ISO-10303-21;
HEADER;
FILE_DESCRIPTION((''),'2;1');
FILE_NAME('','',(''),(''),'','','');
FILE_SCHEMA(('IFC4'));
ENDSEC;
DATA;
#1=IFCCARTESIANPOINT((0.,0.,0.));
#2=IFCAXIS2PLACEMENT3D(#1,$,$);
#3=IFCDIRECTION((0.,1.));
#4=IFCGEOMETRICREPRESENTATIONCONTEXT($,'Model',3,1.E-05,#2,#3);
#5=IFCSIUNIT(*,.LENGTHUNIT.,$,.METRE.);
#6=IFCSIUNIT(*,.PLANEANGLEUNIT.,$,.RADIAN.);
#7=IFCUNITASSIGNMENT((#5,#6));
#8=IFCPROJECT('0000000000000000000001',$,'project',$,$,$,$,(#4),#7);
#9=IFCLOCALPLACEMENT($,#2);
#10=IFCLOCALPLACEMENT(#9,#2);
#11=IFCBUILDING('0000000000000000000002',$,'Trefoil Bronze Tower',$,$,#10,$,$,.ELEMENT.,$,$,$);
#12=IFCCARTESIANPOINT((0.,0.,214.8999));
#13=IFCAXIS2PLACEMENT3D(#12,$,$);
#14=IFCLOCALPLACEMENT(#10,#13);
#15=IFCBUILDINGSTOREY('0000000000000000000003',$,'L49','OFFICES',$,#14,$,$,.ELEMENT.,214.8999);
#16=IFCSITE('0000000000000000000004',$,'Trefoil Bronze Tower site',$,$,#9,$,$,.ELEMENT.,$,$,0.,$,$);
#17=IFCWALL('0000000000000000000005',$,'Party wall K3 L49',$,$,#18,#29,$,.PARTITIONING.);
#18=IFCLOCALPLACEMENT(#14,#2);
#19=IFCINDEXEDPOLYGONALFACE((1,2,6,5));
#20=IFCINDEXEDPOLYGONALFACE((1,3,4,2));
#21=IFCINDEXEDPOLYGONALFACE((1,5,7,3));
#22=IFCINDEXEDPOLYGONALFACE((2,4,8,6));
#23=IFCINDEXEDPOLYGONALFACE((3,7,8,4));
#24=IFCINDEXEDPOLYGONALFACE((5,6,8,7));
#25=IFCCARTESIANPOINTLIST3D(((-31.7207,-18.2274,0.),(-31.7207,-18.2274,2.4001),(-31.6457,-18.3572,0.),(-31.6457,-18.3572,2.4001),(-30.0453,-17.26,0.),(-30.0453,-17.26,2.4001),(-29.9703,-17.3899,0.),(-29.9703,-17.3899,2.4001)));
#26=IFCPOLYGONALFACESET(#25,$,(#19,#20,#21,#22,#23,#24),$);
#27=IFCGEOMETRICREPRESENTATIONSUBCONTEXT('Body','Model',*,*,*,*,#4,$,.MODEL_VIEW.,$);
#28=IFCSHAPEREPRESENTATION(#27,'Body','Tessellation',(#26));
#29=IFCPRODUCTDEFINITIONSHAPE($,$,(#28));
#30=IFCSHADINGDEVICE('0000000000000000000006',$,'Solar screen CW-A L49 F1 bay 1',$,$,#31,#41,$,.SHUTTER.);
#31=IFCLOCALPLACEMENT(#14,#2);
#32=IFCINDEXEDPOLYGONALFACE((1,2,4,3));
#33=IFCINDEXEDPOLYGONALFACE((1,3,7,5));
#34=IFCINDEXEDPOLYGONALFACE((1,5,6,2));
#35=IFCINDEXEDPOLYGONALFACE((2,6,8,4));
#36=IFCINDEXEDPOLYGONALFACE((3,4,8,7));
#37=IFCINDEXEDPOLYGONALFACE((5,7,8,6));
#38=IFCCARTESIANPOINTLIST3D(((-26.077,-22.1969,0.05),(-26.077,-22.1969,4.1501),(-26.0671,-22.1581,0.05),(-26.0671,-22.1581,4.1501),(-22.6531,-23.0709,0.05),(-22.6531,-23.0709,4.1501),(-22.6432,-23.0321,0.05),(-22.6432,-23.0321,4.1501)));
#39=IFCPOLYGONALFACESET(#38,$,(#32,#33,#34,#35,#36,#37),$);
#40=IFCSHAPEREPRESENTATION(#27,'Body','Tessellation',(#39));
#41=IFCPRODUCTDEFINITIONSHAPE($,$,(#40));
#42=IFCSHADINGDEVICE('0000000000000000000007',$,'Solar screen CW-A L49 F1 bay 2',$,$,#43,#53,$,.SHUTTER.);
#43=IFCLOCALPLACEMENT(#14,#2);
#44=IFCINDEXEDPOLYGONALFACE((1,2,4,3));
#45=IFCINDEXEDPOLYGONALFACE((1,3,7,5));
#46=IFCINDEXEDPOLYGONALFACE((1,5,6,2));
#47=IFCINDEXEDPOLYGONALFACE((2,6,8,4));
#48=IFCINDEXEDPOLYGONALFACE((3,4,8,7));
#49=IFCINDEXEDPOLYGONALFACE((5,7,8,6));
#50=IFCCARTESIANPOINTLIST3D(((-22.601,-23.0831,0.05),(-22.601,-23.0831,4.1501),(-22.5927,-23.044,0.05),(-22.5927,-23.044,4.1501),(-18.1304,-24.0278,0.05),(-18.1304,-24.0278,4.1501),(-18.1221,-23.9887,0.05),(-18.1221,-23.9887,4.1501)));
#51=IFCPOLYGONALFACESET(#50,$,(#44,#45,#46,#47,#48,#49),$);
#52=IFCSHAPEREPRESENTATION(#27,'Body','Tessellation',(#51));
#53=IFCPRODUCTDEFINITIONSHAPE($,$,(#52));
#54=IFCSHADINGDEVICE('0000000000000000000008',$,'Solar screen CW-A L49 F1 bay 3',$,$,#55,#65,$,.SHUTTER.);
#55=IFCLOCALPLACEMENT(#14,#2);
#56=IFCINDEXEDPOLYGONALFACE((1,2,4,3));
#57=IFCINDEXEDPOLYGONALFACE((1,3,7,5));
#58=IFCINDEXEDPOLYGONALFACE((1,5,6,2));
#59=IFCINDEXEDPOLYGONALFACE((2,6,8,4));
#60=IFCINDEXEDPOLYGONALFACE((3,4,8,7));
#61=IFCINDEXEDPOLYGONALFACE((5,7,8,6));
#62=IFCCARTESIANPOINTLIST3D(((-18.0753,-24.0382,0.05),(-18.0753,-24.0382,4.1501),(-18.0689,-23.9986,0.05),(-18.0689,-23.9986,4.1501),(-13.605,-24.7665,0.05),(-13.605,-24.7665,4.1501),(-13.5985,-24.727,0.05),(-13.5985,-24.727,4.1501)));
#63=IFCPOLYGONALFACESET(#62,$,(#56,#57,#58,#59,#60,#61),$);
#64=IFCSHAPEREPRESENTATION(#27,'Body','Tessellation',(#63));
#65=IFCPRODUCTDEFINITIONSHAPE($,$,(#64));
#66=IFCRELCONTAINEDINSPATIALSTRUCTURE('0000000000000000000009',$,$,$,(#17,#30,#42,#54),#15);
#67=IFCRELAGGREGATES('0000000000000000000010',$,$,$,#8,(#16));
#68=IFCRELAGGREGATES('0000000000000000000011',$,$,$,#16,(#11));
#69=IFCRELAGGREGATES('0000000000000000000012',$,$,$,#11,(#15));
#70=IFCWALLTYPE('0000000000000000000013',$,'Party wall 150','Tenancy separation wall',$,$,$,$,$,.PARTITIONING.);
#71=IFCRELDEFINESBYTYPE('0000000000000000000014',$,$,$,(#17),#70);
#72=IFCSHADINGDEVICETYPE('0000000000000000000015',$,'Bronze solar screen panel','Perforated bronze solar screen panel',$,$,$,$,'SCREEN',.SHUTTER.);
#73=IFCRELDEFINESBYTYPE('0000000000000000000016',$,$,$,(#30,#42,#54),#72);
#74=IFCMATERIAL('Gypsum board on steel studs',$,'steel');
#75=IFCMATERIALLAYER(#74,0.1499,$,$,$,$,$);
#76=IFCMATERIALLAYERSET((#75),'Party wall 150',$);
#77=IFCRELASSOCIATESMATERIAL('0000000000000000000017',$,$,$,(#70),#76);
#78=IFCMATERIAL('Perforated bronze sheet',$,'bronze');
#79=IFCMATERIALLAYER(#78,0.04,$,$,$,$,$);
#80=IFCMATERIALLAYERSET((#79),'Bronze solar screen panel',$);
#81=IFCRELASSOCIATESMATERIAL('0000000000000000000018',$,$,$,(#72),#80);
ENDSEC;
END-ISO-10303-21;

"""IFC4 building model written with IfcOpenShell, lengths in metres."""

from ifc_helpers import new_model, si_unit, direction, frame, frame_2d, origin, origin_2d, place, context, subcontext, project, spatial, rectangle, extrude, material, layer, layer_set, type_object, element, save


model = new_model("IFC4")

# Units and contexts
model_context = context("Model", 3, precision=1e-05, world=origin(), true_north=direction((0.0, 1.0)))
body_context = subcontext(model_context, "Body", "Model", "MODEL_VIEW")
ifc_project = project(units=[si_unit("LENGTHUNIT", "METRE"), si_unit("PLANEANGLEUNIT", "RADIAN")], contexts=[model_context])

# Site, building, storey
site_placement = place(None, origin())
site = spatial("IfcSite", under=ifc_project, at=site_placement, Name="Trefoil Bronze Tower site", CompositionType="ELEMENT", RefElevation=0.0)
building_placement = place(site_placement, origin())
building = spatial("IfcBuilding", under=site, at=building_placement, Name="Trefoil Bronze Tower", CompositionType="ELEMENT")
storey_placement = place(building_placement, frame((0.0, 0.0, 214.8999)))
storey = spatial("IfcBuildingStorey", under=building, at=storey_placement, Name="L49", Description="OFFICES", CompositionType="ELEMENT", Elevation=214.8999)

# Wall
ifc_material_1 = material(Name="Gypsum board on steel studs", Category="steel")
ifc_layer_1 = layer(ifc_material_1, 0.1499)
ifc_layer_set_1 = layer_set([ifc_layer_1], Name="Party wall 150")
wall_type_1 = type_object("IfcWallType", Name="Party wall 150", Description="Tenancy separation wall", PredefinedType="PARTITIONING", material=ifc_layer_set_1)
wall_1_placement = place(storey_placement, frame((-30.0078, -17.325, 0.0), z_axis=(0.0, 0.0, 1.0), x_axis=(-0.866013, -0.500021, 0.0)))
element("IfcWall", 1, at=wall_1_placement, inside=storey, type_object=wall_type_1, Name="Party wall K3 L49", PredefinedType="PARTITIONING", context=body_context, shape_type="SweptSolid", body=[
    extrude(rectangle(XDim=1.9346, YDim=0.1499, at=frame_2d((0.9673, 0.0))), origin(), (0.0, 0.0, 1.0), 2.4001),
])

# Shading devices
ifc_material_2 = material(Name="Perforated bronze sheet", Category="bronze")
ifc_layer_2 = layer(ifc_material_2, 0.04)
ifc_layer_set_2 = layer_set([ifc_layer_2], Name="Bronze solar screen panel")
shading_device_type = type_object("IfcShadingDeviceType", Name="Bronze solar screen panel", Description="Perforated bronze solar screen panel", ElementType="SCREEN", PredefinedType="SHUTTER", material=ifc_layer_set_2)
shading_device_1_placement = place(storey_placement, frame((-24.3601, -22.6145, 0.05), z_axis=(0.0, 0.0, 1.0), x_axis=(0.968934, -0.247319, 0.0)))
element("IfcShadingDevice", 2, at=shading_device_1_placement, inside=storey, type_object=shading_device_type, Name="Solar screen CW-A L49 F1 bay 1", PredefinedType="SHUTTER", context=body_context, shape_type="SweptSolid", body=[
    extrude(rectangle(XDim=3.5337, YDim=0.04, at=origin_2d()), origin(), (0.0, 0.0, 1.0), 4.1001),
])
shading_device_2_placement = place(storey_placement, frame((-20.3616, -23.5359, 0.05), z_axis=(0.0, 0.0, 1.0), x_axis=(0.978394, -0.206747, 0.0)))
element("IfcShadingDevice", 3, at=shading_device_2_placement, inside=storey, type_object=shading_device_type, Name="Solar screen CW-A L49 F1 bay 2", PredefinedType="SHUTTER", context=body_context, shape_type="SweptSolid", body=[
    extrude(rectangle(XDim=4.5693, YDim=0.04, at=origin_2d()), origin(), (0.0, 0.0, 1.0), 4.1001),
])
shading_device_3_placement = place(storey_placement, frame((-15.8369, -24.3826, 0.05), z_axis=(0.0, 0.0, 1.0), x_axis=(0.986987, -0.160803, 0.0)))
element("IfcShadingDevice", 4, at=shading_device_3_placement, inside=storey, type_object=shading_device_type, Name="Solar screen CW-A L49 F1 bay 3", PredefinedType="SHUTTER", context=body_context, shape_type="SweptSolid", body=[
    extrude(rectangle(XDim=4.5293, YDim=0.04, at=origin_2d()), origin(), (0.0, 0.0, 1.0), 4.1001),
])

save(model, "model.ifc")
